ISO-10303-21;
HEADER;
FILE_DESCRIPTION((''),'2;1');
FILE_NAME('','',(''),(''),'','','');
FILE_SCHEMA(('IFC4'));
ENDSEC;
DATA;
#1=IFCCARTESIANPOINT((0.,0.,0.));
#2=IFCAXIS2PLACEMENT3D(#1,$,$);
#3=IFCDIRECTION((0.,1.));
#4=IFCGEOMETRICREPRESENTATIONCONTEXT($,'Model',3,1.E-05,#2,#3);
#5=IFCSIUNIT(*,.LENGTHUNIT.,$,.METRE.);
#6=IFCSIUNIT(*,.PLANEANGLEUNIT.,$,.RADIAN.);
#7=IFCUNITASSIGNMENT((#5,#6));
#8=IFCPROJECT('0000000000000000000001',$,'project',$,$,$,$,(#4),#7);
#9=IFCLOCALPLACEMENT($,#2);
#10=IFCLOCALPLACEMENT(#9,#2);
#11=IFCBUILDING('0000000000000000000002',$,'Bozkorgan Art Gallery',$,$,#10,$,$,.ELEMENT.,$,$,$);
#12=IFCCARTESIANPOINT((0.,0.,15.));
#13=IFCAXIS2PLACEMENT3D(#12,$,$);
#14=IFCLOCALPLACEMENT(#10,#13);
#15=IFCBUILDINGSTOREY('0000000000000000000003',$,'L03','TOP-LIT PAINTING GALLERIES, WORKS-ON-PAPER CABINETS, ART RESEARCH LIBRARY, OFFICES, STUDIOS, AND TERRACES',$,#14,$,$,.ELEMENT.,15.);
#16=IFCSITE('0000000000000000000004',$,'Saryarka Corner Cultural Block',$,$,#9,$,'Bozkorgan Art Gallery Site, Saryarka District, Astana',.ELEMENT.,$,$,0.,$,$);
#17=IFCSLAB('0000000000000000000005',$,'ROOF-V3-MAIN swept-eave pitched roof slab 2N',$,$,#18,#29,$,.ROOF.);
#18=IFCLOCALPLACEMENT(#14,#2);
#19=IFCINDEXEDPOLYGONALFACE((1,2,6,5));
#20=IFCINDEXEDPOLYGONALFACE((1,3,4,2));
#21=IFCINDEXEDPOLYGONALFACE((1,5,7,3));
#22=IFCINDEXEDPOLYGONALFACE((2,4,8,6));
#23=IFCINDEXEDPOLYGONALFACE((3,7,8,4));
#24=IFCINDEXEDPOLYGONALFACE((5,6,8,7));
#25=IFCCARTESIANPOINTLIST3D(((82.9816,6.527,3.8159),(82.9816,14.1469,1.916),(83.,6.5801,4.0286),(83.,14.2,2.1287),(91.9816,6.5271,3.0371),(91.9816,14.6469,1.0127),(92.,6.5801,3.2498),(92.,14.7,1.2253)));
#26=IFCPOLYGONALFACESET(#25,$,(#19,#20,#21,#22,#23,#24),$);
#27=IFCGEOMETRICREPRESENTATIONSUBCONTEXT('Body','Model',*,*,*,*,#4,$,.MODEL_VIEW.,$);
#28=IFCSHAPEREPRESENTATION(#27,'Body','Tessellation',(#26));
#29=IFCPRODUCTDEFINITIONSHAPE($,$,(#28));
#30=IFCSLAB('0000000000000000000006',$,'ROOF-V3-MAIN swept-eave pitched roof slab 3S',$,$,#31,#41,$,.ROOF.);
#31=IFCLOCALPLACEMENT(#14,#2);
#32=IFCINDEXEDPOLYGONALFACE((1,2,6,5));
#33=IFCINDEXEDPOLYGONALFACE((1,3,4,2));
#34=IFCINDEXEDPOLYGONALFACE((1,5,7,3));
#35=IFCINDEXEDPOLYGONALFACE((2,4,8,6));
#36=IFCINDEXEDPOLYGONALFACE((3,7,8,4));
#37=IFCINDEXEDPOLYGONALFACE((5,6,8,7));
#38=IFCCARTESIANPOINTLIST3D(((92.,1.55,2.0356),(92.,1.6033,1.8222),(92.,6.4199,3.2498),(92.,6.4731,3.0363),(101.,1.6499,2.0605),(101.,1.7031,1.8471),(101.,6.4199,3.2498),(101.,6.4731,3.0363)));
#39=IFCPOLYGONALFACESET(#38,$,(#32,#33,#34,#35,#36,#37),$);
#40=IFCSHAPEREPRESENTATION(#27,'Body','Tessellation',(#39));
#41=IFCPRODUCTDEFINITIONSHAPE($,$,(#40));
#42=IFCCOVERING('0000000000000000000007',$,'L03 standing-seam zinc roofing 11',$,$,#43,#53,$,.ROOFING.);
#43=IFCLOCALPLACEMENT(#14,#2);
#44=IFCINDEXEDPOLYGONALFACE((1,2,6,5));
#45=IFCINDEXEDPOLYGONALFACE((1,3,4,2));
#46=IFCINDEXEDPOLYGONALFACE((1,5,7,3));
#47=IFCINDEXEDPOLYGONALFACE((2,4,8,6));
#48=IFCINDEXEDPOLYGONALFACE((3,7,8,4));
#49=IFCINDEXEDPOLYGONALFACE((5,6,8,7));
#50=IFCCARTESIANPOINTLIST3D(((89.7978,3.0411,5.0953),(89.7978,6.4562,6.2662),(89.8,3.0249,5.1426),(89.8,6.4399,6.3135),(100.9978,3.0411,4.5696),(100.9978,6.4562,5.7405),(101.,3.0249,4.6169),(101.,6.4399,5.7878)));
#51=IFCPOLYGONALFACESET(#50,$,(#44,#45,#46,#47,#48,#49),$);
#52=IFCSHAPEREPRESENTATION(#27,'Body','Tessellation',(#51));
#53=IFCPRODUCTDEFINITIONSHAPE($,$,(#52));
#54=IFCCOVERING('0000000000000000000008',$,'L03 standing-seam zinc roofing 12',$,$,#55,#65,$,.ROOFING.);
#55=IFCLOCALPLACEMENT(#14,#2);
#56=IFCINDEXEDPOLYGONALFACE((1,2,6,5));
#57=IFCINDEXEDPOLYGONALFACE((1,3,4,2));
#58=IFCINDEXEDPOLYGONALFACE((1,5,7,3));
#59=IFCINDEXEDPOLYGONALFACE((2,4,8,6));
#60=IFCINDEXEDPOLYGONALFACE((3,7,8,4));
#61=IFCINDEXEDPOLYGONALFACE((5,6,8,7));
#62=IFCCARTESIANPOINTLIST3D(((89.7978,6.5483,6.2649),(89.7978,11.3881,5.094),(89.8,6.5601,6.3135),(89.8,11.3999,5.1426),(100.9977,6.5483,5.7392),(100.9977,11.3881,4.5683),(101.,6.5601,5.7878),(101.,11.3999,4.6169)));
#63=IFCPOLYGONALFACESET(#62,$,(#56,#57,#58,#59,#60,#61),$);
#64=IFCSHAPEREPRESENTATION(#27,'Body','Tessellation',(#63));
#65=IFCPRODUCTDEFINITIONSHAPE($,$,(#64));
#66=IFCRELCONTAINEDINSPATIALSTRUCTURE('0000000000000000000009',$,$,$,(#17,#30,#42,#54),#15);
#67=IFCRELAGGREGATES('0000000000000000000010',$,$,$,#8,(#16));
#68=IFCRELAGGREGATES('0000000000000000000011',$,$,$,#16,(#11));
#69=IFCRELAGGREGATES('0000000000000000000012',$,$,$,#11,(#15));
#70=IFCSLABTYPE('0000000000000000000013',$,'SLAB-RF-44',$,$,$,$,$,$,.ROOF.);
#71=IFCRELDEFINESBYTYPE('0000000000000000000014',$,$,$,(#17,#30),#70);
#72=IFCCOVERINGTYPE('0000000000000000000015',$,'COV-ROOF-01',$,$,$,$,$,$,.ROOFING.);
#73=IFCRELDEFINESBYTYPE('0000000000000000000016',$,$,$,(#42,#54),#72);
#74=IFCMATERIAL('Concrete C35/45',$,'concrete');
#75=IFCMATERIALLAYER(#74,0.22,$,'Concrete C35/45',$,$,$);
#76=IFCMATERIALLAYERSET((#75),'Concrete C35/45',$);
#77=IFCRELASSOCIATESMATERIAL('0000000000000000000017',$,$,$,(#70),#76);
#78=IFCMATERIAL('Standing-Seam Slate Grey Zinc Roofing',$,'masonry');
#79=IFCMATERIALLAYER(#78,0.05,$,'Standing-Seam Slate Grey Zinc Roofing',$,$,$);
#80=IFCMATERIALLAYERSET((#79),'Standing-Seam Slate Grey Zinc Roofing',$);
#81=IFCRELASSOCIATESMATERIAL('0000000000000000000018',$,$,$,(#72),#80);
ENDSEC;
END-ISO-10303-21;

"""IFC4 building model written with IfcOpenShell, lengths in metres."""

from ifc_helpers import new_model, si_unit, direction, frame, origin, place, context, subcontext, project, spatial, polyline, outline, extrude, material, layer, layer_set, type_object, element, save


model = new_model("IFC4")

# Units and contexts
model_context = context("Model", 3, precision=1e-05, world=origin(), true_north=direction((0.0, 1.0)))
body_context = subcontext(model_context, "Body", "Model", "MODEL_VIEW")
ifc_project = project(units=[si_unit("LENGTHUNIT", "METRE"), si_unit("PLANEANGLEUNIT", "RADIAN")], contexts=[model_context])

# Site, building, storey
site_placement = place(None, origin())
site = spatial("IfcSite", under=ifc_project, at=site_placement, Name="Saryarka Corner Cultural Block", LongName="Bozkorgan Art Gallery Site, Saryarka District, Astana", CompositionType="ELEMENT", RefElevation=0.0)
building_placement = place(site_placement, origin())
building = spatial("IfcBuilding", under=site, at=building_placement, Name="Bozkorgan Art Gallery", CompositionType="ELEMENT")
storey_placement = place(building_placement, frame((0.0, 0.0, 15.0)))
storey = spatial("IfcBuildingStorey", under=building, at=storey_placement, Name="L03", Description="TOP-LIT PAINTING GALLERIES, WORKS-ON-PAPER CABINETS, ART RESEARCH LIBRARY, OFFICES, STUDIOS, AND TERRACES", CompositionType="ELEMENT", Elevation=15.0)

# Slabs
ifc_material_1 = material(Name="Concrete C35/45", Category="concrete")
ifc_layer_1 = layer(ifc_material_1, 0.22, Name="Concrete C35/45")
ifc_layer_set_1 = layer_set([ifc_layer_1], Name="Concrete C35/45")
slab_type_1 = type_object("IfcSlabType", Name="SLAB-RF-44", PredefinedType="ROOF", material=ifc_layer_set_1)
slab_1_placement = place(storey_placement, frame((83.0, 6.5801, 4.0286), z_axis=(0.083661, 0.241071, 0.966895), x_axis=(0.996277, 0.000002, -0.086204)))
element("IfcSlab", 1, at=slab_1_placement, inside=storey, type_object=slab_type_1, Name="ROOF-V3-MAIN swept-eave pitched roof slab 2N", PredefinedType="ROOF", context=body_context, shape_type="SweptSolid", body=[
    extrude(outline(polyline([(0.0, 0.0), (9.0336, 0.0), (9.2082, 8.3666), (0.1638, 7.8514), (0.0, 0.0)])), origin(), (0.0, 0.0, -1.0), 0.22),
])
slab_2_placement = place(storey_placement, frame((92.0, 1.55, 2.0356), z_axis=(0.0, -0.241905, 0.9703), x_axis=(0.999935, 0.011094, 0.002766)))
element("IfcSlab", 2, at=slab_2_placement, inside=storey, type_object=slab_type_1, Name="ROOF-V3-MAIN swept-eave pitched roof slab 3S", PredefinedType="ROOF", context=body_context, shape_type="SweptSolid", body=[
    extrude(outline(polyline([(0.0, 0.0), (9.0006, 0.0), (9.0568, 4.9157), (0.0574, 5.0186), (0.0, 0.0)])), origin(), (0.0, 0.0, -1.0), 0.22),
])

# Coverings
ifc_material_2 = material(Name="Standing-Seam Slate Grey Zinc Roofing", Category="masonry")
ifc_layer_2 = layer(ifc_material_2, 0.05, Name="Standing-Seam Slate Grey Zinc Roofing")
ifc_layer_set_2 = layer_set([ifc_layer_2], Name="Standing-Seam Slate Grey Zinc Roofing")
covering_type = type_object("IfcCoveringType", Name="COV-ROOF-01", PredefinedType="ROOFING", material=ifc_layer_set_2)
covering_1_placement = place(storey_placement, frame((89.8, 3.0249, 5.1426), z_axis=(0.044351, -0.324012, 0.945013), x_axis=(0.998901, 0.0, -0.04688)))
element("IfcCovering", 3, at=covering_1_placement, inside=storey, type_object=covering_type, Name="L03 standing-seam zinc roofing 11", PredefinedType="ROOFING", context=body_context, shape_type="SweptSolid", body=[
    extrude(outline(polyline([(0.0, 0.0), (11.2123, 0.0), (11.1574, 3.6098), (-0.0549, 3.6098), (0.0, 0.0)])), origin(), (0.0, 0.0, -1.0), 0.05),
])
covering_2_placement = place(storey_placement, frame((89.8, 6.5601, 6.3135), z_axis=(0.045569, 0.234901, 0.970951), x_axis=(0.998901, 0.0, -0.04688)))
element("IfcCovering", 4, at=covering_2_placement, inside=storey, type_object=covering_type, Name="L03 standing-seam zinc roofing 12", PredefinedType="ROOFING", context=body_context, shape_type="SweptSolid", body=[
    extrude(outline(polyline([(0.0, 0.0), (11.2123, 0.0), (11.2672, 4.9792), (0.0549, 4.9792), (0.0, 0.0)])), origin(), (0.0, 0.0, -1.0), 0.05),
])

save(model, "model.ifc")
